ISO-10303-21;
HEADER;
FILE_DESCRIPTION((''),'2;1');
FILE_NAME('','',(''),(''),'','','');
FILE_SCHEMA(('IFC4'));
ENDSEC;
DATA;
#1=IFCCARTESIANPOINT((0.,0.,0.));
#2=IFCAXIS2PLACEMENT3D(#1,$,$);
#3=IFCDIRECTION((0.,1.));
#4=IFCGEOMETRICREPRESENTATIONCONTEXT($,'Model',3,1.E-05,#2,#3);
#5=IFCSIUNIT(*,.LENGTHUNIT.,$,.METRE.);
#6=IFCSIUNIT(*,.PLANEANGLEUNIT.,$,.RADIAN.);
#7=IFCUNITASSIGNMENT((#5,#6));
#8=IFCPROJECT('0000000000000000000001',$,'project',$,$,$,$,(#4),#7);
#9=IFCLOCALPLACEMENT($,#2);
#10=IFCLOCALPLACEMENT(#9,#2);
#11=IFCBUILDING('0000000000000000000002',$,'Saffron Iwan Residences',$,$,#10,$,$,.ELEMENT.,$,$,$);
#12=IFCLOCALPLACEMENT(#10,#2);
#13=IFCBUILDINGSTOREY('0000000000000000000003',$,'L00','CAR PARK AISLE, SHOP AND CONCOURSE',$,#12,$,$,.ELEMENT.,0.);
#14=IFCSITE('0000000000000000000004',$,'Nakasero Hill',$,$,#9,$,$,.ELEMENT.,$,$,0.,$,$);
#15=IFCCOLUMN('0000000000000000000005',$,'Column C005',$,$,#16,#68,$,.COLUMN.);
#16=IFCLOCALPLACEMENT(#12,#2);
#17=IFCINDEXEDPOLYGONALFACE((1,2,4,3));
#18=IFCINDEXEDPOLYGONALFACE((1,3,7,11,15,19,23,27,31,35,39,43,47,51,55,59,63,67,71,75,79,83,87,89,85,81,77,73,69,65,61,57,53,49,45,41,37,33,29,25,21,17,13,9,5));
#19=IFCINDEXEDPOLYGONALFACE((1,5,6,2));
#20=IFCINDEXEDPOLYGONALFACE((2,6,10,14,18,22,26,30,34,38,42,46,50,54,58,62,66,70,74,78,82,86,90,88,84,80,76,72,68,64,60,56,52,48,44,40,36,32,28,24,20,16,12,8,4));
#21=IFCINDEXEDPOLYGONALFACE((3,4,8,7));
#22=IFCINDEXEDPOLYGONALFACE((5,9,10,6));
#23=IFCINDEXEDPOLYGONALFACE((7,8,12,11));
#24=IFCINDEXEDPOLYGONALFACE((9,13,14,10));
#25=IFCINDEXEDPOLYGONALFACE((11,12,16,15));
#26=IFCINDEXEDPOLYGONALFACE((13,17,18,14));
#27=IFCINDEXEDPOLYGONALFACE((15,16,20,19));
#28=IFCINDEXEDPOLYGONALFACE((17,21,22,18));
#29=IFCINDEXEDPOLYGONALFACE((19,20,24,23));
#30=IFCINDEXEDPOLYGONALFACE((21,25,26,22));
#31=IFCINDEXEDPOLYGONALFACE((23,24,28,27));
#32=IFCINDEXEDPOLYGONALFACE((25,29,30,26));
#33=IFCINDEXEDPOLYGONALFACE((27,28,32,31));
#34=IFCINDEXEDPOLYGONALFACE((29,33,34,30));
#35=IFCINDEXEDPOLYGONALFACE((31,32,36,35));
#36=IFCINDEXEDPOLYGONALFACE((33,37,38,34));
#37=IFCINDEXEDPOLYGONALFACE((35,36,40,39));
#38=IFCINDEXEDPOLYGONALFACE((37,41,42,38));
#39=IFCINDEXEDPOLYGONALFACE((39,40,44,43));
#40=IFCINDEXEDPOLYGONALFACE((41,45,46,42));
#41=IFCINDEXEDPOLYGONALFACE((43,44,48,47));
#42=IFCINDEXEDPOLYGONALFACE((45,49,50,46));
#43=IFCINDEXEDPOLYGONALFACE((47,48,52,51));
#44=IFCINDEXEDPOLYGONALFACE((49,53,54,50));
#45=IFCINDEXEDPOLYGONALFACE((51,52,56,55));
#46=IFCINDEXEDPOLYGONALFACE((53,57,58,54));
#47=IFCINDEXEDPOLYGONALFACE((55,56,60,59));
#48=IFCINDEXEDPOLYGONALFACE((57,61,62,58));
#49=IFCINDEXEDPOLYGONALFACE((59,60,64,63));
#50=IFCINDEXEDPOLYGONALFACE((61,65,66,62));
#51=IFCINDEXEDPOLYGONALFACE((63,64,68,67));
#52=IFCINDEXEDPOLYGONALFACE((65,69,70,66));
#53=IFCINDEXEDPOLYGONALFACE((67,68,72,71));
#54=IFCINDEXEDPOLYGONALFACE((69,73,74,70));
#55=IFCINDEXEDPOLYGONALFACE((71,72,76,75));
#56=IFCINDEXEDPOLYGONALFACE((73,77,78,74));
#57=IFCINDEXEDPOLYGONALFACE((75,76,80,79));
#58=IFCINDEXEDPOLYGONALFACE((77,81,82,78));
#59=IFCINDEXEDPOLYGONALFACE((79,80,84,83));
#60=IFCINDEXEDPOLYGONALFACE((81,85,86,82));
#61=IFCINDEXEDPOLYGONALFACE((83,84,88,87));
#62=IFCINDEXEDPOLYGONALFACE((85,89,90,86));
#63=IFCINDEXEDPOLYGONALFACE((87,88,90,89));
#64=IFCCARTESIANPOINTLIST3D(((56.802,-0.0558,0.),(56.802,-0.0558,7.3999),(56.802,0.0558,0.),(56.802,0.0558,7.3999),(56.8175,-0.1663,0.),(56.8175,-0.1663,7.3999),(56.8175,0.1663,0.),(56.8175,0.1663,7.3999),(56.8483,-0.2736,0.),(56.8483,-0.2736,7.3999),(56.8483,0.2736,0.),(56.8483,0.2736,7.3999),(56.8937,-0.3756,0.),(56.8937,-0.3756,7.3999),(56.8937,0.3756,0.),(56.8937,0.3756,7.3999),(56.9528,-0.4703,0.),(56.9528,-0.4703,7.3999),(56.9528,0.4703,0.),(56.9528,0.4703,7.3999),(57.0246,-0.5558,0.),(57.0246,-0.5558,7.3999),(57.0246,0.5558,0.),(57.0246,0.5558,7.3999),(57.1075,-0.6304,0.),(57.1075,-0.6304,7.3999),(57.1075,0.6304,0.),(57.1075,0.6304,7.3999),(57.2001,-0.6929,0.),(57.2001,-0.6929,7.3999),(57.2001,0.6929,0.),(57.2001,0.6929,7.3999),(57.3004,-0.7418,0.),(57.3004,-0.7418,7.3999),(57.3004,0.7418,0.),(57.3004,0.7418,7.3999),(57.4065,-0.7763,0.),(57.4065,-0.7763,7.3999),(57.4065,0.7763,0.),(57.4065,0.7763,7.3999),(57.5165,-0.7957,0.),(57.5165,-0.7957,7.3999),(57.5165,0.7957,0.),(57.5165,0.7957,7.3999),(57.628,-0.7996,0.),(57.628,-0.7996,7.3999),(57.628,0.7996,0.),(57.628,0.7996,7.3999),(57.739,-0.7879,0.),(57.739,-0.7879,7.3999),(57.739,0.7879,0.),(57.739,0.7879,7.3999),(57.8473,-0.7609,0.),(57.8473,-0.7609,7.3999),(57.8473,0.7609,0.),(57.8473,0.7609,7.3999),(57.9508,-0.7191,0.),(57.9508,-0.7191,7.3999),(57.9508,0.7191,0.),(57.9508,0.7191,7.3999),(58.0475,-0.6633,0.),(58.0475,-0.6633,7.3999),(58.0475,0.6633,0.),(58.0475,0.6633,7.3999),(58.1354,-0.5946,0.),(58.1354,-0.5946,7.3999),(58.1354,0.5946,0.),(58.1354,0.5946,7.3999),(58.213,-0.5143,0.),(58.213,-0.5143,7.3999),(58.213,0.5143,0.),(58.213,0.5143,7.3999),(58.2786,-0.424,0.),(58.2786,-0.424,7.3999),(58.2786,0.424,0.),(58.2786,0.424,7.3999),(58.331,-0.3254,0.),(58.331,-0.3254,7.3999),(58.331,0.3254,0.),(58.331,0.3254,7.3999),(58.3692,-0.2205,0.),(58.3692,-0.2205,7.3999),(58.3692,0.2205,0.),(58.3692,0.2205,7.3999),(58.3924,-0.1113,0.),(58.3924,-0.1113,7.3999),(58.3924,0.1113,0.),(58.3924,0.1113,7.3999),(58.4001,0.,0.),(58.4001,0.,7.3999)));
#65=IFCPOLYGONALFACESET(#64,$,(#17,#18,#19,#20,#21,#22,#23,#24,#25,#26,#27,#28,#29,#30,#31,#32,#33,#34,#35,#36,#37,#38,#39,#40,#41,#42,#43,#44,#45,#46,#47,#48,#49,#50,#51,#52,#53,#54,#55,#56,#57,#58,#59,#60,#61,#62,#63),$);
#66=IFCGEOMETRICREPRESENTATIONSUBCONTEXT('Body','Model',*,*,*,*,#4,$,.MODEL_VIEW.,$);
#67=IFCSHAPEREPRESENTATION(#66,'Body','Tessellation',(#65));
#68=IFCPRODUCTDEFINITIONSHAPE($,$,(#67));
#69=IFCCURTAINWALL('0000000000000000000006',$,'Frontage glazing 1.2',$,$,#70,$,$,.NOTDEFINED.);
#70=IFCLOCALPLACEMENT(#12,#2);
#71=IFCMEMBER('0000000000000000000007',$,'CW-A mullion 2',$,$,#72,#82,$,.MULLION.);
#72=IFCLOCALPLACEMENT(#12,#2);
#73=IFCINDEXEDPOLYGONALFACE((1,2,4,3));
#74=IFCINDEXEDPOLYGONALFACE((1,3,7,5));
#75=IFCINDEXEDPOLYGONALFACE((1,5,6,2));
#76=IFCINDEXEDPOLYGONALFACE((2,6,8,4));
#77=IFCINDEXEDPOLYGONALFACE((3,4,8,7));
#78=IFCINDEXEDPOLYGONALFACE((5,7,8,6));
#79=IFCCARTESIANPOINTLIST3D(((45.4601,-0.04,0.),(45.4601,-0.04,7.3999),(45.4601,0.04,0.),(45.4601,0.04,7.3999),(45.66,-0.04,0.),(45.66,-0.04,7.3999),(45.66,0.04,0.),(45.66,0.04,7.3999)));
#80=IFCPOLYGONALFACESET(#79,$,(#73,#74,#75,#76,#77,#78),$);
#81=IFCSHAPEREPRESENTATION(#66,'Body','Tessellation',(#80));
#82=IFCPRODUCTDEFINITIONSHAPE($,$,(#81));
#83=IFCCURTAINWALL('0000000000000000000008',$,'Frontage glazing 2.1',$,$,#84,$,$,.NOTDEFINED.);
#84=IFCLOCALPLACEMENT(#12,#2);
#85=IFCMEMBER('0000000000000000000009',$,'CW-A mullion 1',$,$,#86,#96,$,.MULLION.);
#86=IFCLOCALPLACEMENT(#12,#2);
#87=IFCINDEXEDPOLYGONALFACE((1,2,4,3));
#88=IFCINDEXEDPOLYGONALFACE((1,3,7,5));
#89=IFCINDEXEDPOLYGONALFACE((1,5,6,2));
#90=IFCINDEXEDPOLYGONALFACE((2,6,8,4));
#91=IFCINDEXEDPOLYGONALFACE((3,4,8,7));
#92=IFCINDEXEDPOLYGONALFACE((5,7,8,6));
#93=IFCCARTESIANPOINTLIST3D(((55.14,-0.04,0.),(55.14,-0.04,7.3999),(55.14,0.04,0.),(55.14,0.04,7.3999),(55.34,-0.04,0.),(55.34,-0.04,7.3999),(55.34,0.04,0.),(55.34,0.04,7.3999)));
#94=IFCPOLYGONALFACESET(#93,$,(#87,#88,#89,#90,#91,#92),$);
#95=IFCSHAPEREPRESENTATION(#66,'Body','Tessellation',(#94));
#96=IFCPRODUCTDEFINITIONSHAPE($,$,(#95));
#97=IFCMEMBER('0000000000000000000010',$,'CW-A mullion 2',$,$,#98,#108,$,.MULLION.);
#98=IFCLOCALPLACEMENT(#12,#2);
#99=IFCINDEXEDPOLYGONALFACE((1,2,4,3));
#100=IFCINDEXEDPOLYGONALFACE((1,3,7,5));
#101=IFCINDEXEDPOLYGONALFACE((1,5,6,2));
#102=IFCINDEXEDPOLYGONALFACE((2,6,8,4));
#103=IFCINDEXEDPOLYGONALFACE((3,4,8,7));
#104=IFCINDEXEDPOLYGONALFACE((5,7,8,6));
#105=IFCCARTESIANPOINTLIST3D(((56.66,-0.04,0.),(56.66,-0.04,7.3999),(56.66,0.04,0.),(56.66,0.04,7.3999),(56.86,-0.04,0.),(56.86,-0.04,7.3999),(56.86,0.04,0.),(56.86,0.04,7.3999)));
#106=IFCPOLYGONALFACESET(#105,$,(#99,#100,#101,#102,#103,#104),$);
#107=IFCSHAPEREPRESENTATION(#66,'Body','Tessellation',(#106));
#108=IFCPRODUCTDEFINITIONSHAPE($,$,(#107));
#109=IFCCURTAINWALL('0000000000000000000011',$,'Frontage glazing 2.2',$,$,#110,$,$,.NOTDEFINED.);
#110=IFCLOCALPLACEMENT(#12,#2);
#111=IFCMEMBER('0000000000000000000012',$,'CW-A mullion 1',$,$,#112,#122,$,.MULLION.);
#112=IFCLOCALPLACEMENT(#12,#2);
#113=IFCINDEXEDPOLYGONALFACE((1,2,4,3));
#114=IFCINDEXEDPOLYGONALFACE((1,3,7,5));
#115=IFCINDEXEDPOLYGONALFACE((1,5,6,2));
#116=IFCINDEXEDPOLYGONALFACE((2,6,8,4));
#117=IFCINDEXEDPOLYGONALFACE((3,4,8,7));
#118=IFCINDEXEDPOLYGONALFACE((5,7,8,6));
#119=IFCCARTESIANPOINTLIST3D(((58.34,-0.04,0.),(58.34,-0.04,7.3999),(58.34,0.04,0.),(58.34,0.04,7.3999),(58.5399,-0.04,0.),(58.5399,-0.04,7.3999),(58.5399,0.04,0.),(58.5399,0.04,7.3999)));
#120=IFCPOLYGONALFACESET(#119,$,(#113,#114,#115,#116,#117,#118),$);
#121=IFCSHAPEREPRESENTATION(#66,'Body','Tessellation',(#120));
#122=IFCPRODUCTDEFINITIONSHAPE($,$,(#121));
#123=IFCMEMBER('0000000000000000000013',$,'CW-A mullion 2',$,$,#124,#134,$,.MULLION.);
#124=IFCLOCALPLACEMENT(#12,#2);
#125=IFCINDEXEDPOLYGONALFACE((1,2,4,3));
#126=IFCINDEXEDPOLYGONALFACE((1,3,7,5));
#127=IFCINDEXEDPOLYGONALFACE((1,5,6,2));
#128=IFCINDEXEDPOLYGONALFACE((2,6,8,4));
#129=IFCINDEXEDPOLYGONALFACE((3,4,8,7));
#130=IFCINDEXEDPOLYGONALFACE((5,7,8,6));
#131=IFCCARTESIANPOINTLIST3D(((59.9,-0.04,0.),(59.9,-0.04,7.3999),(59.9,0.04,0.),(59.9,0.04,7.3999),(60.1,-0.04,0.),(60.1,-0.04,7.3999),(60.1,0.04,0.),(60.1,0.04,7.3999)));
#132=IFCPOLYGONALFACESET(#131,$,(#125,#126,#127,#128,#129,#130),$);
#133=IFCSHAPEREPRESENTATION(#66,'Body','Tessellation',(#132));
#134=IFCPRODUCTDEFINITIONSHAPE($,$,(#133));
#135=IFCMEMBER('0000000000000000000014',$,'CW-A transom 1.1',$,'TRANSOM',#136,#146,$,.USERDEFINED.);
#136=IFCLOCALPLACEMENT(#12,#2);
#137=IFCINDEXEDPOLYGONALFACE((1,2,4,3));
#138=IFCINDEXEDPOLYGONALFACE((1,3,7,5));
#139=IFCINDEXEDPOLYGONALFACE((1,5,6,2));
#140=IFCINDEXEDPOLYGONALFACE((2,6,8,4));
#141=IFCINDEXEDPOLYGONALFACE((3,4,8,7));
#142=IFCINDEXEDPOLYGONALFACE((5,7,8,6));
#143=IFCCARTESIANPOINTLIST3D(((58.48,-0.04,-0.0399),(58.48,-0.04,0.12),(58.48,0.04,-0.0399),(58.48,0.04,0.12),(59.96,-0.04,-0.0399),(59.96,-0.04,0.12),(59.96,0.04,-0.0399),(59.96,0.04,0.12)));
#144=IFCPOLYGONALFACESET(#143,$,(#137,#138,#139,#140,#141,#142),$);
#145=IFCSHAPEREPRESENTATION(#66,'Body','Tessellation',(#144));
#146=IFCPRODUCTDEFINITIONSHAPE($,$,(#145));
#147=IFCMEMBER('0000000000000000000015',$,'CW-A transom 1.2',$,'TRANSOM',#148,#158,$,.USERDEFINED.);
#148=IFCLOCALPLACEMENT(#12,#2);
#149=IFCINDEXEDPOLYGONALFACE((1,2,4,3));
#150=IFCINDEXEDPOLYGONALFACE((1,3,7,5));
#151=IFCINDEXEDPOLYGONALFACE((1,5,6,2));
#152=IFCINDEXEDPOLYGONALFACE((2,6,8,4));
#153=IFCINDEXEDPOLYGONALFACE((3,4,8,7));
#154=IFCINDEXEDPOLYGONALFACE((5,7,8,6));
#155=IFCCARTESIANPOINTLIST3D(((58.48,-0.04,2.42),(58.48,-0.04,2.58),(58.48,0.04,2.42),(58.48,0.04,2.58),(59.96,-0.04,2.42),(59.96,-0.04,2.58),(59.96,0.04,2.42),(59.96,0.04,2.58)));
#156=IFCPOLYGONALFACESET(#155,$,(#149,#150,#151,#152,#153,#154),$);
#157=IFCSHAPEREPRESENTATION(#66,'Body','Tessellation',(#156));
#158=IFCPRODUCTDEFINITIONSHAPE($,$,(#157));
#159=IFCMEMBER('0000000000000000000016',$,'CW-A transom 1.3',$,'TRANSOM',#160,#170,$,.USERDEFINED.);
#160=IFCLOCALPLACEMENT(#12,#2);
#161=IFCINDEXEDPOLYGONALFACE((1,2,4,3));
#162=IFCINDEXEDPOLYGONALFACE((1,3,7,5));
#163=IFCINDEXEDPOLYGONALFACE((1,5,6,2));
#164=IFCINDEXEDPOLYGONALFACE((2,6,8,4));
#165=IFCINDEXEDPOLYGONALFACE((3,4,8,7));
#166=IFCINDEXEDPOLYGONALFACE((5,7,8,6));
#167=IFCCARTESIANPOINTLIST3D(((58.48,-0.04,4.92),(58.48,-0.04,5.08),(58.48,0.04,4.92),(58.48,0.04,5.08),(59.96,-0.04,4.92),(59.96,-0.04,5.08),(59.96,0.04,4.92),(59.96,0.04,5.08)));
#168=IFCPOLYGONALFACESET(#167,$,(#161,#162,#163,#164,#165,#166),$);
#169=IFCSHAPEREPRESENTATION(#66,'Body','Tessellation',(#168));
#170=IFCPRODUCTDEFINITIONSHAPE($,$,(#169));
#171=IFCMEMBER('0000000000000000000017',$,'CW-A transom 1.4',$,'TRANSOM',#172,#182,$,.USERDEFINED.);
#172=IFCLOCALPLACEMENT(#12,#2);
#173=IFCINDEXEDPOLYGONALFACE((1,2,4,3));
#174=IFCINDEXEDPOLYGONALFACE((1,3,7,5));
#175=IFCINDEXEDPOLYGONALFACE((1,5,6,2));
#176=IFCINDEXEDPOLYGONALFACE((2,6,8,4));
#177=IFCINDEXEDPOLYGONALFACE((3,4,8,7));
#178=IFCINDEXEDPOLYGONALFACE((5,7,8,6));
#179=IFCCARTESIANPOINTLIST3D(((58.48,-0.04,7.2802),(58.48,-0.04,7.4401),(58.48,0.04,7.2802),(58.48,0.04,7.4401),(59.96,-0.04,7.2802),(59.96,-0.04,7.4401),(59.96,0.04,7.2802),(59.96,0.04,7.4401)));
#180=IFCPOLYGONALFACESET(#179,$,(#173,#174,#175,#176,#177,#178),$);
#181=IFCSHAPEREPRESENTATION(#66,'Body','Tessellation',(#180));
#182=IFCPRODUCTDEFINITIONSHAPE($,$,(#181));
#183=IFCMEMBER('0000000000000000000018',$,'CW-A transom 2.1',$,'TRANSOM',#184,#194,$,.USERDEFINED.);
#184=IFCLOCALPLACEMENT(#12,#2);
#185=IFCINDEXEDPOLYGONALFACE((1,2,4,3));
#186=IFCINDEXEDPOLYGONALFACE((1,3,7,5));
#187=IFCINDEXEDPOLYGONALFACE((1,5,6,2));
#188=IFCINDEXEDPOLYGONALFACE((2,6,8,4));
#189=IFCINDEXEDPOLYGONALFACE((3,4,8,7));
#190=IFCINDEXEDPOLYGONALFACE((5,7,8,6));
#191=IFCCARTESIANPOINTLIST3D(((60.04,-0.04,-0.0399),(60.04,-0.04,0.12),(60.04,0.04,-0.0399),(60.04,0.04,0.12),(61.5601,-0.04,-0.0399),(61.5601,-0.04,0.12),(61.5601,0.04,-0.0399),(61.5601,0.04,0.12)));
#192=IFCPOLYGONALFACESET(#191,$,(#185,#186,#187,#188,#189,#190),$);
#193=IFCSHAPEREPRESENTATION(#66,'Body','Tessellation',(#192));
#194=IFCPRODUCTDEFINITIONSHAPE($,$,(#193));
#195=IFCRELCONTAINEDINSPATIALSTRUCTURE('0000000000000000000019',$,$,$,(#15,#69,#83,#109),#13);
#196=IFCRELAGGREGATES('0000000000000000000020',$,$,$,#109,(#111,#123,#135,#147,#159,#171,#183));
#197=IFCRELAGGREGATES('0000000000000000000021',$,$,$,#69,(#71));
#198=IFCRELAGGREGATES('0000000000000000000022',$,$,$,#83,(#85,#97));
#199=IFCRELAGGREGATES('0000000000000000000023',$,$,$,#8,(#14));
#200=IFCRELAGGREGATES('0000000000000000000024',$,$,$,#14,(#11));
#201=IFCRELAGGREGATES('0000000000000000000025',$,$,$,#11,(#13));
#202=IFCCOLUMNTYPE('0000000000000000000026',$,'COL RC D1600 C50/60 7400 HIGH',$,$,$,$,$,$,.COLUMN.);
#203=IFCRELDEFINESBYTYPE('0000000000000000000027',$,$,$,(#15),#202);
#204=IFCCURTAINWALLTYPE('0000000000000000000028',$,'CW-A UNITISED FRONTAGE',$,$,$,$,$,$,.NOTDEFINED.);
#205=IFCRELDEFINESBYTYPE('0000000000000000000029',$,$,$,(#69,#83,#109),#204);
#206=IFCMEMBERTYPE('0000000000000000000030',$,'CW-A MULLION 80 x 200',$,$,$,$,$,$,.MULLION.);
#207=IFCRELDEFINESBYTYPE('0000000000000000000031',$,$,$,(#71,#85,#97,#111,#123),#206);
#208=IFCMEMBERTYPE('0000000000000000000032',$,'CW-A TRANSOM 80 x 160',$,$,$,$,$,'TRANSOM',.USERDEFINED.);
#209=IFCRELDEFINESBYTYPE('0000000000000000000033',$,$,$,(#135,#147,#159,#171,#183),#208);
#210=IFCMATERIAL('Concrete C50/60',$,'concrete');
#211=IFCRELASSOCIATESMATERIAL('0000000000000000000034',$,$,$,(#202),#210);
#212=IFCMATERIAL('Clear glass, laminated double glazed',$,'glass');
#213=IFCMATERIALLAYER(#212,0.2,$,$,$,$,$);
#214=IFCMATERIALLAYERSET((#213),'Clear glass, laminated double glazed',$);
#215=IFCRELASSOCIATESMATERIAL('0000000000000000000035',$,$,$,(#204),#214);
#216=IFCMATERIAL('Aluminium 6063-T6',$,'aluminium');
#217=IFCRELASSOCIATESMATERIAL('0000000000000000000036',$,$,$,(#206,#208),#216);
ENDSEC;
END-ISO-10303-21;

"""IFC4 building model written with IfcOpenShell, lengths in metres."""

from ifc_helpers import new_model, si_unit, direction, frame, origin, origin_2d, place, context, subcontext, project, spatial, rectangle, circle, extrude, source, transform, mapped, material, layer, layer_set, material_profile, profile_set, type_object, element, aggregate, save


model = new_model("IFC4")

# Units and contexts
model_context = context("Model", 3, precision=1e-05, world=origin(), true_north=direction((0.0, 1.0)))
body_context = subcontext(model_context, "Body", "Model", "MODEL_VIEW")
ifc_project = project(units=[si_unit("LENGTHUNIT", "METRE"), si_unit("PLANEANGLEUNIT", "RADIAN")], contexts=[model_context])

# Site, building, storey
site_placement = place(None, origin())
site = spatial("IfcSite", under=ifc_project, at=site_placement, Name="Nakasero Hill", CompositionType="ELEMENT", RefElevation=0.0)
building_placement = place(site_placement, origin())
building = spatial("IfcBuilding", under=site, at=building_placement, Name="Saffron Iwan Residences", CompositionType="ELEMENT")
storey_placement = place(building_placement, origin())
storey = spatial("IfcBuildingStorey", under=building, at=storey_placement, Name="L00", Description="CAR PARK AISLE, SHOP AND CONCOURSE", CompositionType="ELEMENT", Elevation=0.0)

# Column
ifc_material_1 = material(Name="Concrete C50/60", Category="concrete")
ifc_material_profile_1 = material_profile(ifc_material_1, circle(Radius=0.8, at=origin_2d()), Name="RC D1600")
ifc_profile_set_1 = profile_set([ifc_material_profile_1], Name="Concrete C50/60")
column_type = type_object("IfcColumnType", Name="COL RC D1600 C50/60 7400 HIGH", PredefinedType="COLUMN", material=ifc_profile_set_1)
shared_shape_1 = source(origin(), body_context, "Body", "SweptSolid", [
    extrude(circle(Radius=0.8, at=origin_2d()), origin(), (0.0, 0.0, 1.0), 7.3999),
])
column_placement = place(storey_placement, frame((57.6001, 0.0, 0.0), z_axis=(0.0, 0.0, 1.0), x_axis=(1.0, 0.0, 0.0)))
element("IfcColumn", 1, at=column_placement, inside=storey, type_object=column_type, Name="Column C005", PredefinedType="COLUMN", context=body_context, shape_type="MappedRepresentation", body=[
    mapped(shared_shape_1, transform((0.0, 0.0, 0.0))),
])

# Curtain wall, member
ifc_material_2 = material(Name="Clear glass, laminated double glazed", Category="glass")
ifc_layer_1 = layer(ifc_material_2, 0.2)
ifc_layer_set_1 = layer_set([ifc_layer_1], Name="Clear glass, laminated double glazed")
curtain_wall_type = type_object("IfcCurtainWallType", Name="CW-A UNITISED FRONTAGE", PredefinedType="NOTDEFINED", material=ifc_layer_set_1)
curtain_wall_1_placement = place(storey_placement, origin())
curtain_wall_1 = element("IfcCurtainWall", 2, at=curtain_wall_1_placement, inside=storey, type_object=curtain_wall_type, Name="Frontage glazing 1.2", PredefinedType="NOTDEFINED")
ifc_material_3 = material(Name="Aluminium 6063-T6", Category="aluminium")
ifc_material_profile_2 = material_profile(ifc_material_3, rectangle(XDim=0.0801, YDim=0.2, at=origin_2d()), Name="CW-A MULLION 80 x 200")
ifc_profile_set_2 = profile_set([ifc_material_profile_2], Name="Aluminium 6063-T6")
member_type_1 = type_object("IfcMemberType", Name="CW-A MULLION 80 x 200", PredefinedType="MULLION", material=ifc_profile_set_2)
shared_shape_2 = source(origin(), body_context, "Body", "SweptSolid", [
    extrude(rectangle(XDim=0.0801, YDim=0.2, at=origin_2d()), origin(), (0.0, 0.0, 1.0), 7.3999),
])
member_1_placement = place(storey_placement, frame((45.5601, 0.0, 0.0), z_axis=(0.0, 0.0, 1.0), x_axis=(0.0, 1.0, 0.0)))
member_1 = element("IfcMember", 3, at=member_1_placement, type_object=member_type_1, Name="CW-A mullion 2", PredefinedType="MULLION", context=body_context, shape_type="MappedRepresentation", body=[
    mapped(shared_shape_2, transform((0.0, 0.0, 0.0))),
])

# Curtain walls, members
curtain_wall_2_placement = place(storey_placement, origin())
curtain_wall_2 = element("IfcCurtainWall", 4, at=curtain_wall_2_placement, inside=storey, type_object=curtain_wall_type, Name="Frontage glazing 2.1", PredefinedType="NOTDEFINED")
member_2_placement = place(storey_placement, frame((55.24, 0.0, 0.0), z_axis=(0.0, 0.0, 1.0), x_axis=(0.0, 1.0, 0.0)))
member_2 = element("IfcMember", 5, at=member_2_placement, type_object=member_type_1, Name="CW-A mullion 1", PredefinedType="MULLION", context=body_context, shape_type="MappedRepresentation", body=[
    mapped(shared_shape_2, transform((0.0, 0.0, 0.0))),
])
member_3_placement = place(storey_placement, frame((56.76, 0.0, 0.0), z_axis=(0.0, 0.0, 1.0), x_axis=(0.0, 1.0, 0.0)))
member_3 = element("IfcMember", 6, at=member_3_placement, type_object=member_type_1, Name="CW-A mullion 2", PredefinedType="MULLION", context=body_context, shape_type="MappedRepresentation", body=[
    mapped(shared_shape_2, transform((0.0, 0.0, 0.0))),
])
curtain_wall_3_placement = place(storey_placement, origin())
curtain_wall_3 = element("IfcCurtainWall", 7, at=curtain_wall_3_placement, inside=storey, type_object=curtain_wall_type, Name="Frontage glazing 2.2", PredefinedType="NOTDEFINED")
member_4_placement = place(storey_placement, frame((58.4399, 0.0, 0.0), z_axis=(0.0, 0.0, 1.0), x_axis=(0.0, 1.0, 0.0)))
member_4 = element("IfcMember", 8, at=member_4_placement, type_object=member_type_1, Name="CW-A mullion 1", PredefinedType="MULLION", context=body_context, shape_type="MappedRepresentation", body=[
    mapped(shared_shape_2, transform((0.0, 0.0, 0.0))),
])
member_5_placement = place(storey_placement, frame((60.0, 0.0, 0.0), z_axis=(0.0, 0.0, 1.0), x_axis=(0.0, 1.0, 0.0)))
member_5 = element("IfcMember", 9, at=member_5_placement, type_object=member_type_1, Name="CW-A mullion 2", PredefinedType="MULLION", context=body_context, shape_type="MappedRepresentation", body=[
    mapped(shared_shape_2, transform((0.0, 0.0, 0.0))),
])
ifc_material_profile_3 = material_profile(ifc_material_3, rectangle(XDim=0.0801, YDim=0.1599, at=origin_2d()), Name="CW-A TRANSOM 80 x 160")
ifc_profile_set_3 = profile_set([ifc_material_profile_3], Name="Aluminium 6063-T6")
member_type_2 = type_object("IfcMemberType", Name="CW-A TRANSOM 80 x 160", ElementType="TRANSOM", PredefinedType="USERDEFINED", material=ifc_profile_set_3)
shared_shape_3 = source(origin(), body_context, "Body", "SweptSolid", [
    extrude(rectangle(XDim=0.0801, YDim=0.1599, at=origin_2d()), origin(), (0.0, 0.0, 1.0), 1.48),
])
member_6_placement = place(storey_placement, frame((58.48, 0.0, 0.04), z_axis=(1.0, 0.0, 0.0), x_axis=(0.0, 1.0, 0.0)))
member_6 = element("IfcMember", 10, at=member_6_placement, type_object=member_type_2, Name="CW-A transom 1.1", ObjectType="TRANSOM", PredefinedType="USERDEFINED", context=body_context, shape_type="MappedRepresentation", body=[
    mapped(shared_shape_3, transform((0.0, 0.0, 0.0))),
])
member_7_placement = place(storey_placement, frame((58.48, 0.0, 2.5), z_axis=(1.0, 0.0, 0.0), x_axis=(0.0, 1.0, 0.0)))
member_7 = element("IfcMember", 11, at=member_7_placement, type_object=member_type_2, Name="CW-A transom 1.2", ObjectType="TRANSOM", PredefinedType="USERDEFINED", context=body_context, shape_type="MappedRepresentation", body=[
    mapped(shared_shape_3, transform((0.0, 0.0, 0.0))),
])
member_8_placement = place(storey_placement, frame((58.48, 0.0, 5.0), z_axis=(1.0, 0.0, 0.0), x_axis=(0.0, 1.0, 0.0)))
member_8 = element("IfcMember", 12, at=member_8_placement, type_object=member_type_2, Name="CW-A transom 1.3", ObjectType="TRANSOM", PredefinedType="USERDEFINED", context=body_context, shape_type="MappedRepresentation", body=[
    mapped(shared_shape_3, transform((0.0, 0.0, 0.0))),
])
member_9_placement = place(storey_placement, frame((58.48, 0.0, 7.3601), z_axis=(1.0, 0.0, 0.0), x_axis=(0.0, 1.0, 0.0)))
member_9 = element("IfcMember", 13, at=member_9_placement, type_object=member_type_2, Name="CW-A transom 1.4", ObjectType="TRANSOM", PredefinedType="USERDEFINED", context=body_context, shape_type="MappedRepresentation", body=[
    mapped(shared_shape_3, transform((0.0, 0.0, 0.0))),
])
shared_shape_4 = source(origin(), body_context, "Body", "SweptSolid", [
    extrude(rectangle(XDim=0.0801, YDim=0.1599, at=origin_2d()), origin(), (0.0, 0.0, 1.0), 1.52),
])
member_10_placement = place(storey_placement, frame((60.04, 0.0, 0.04), z_axis=(1.0, 0.0, 0.0), x_axis=(0.0, 1.0, 0.0)))
member_10 = element("IfcMember", 14, at=member_10_placement, type_object=member_type_2, Name="CW-A transom 2.1", ObjectType="TRANSOM", PredefinedType="USERDEFINED", context=body_context, shape_type="MappedRepresentation", body=[
    mapped(shared_shape_4, transform((0.0, 0.0, 0.0))),
])

aggregate(curtain_wall_3, [member_4, member_5, member_6, member_7, member_8, member_9, member_10])
aggregate(curtain_wall_1, [member_1])
aggregate(curtain_wall_2, [member_2, member_3])

save(model, "model.ifc")
